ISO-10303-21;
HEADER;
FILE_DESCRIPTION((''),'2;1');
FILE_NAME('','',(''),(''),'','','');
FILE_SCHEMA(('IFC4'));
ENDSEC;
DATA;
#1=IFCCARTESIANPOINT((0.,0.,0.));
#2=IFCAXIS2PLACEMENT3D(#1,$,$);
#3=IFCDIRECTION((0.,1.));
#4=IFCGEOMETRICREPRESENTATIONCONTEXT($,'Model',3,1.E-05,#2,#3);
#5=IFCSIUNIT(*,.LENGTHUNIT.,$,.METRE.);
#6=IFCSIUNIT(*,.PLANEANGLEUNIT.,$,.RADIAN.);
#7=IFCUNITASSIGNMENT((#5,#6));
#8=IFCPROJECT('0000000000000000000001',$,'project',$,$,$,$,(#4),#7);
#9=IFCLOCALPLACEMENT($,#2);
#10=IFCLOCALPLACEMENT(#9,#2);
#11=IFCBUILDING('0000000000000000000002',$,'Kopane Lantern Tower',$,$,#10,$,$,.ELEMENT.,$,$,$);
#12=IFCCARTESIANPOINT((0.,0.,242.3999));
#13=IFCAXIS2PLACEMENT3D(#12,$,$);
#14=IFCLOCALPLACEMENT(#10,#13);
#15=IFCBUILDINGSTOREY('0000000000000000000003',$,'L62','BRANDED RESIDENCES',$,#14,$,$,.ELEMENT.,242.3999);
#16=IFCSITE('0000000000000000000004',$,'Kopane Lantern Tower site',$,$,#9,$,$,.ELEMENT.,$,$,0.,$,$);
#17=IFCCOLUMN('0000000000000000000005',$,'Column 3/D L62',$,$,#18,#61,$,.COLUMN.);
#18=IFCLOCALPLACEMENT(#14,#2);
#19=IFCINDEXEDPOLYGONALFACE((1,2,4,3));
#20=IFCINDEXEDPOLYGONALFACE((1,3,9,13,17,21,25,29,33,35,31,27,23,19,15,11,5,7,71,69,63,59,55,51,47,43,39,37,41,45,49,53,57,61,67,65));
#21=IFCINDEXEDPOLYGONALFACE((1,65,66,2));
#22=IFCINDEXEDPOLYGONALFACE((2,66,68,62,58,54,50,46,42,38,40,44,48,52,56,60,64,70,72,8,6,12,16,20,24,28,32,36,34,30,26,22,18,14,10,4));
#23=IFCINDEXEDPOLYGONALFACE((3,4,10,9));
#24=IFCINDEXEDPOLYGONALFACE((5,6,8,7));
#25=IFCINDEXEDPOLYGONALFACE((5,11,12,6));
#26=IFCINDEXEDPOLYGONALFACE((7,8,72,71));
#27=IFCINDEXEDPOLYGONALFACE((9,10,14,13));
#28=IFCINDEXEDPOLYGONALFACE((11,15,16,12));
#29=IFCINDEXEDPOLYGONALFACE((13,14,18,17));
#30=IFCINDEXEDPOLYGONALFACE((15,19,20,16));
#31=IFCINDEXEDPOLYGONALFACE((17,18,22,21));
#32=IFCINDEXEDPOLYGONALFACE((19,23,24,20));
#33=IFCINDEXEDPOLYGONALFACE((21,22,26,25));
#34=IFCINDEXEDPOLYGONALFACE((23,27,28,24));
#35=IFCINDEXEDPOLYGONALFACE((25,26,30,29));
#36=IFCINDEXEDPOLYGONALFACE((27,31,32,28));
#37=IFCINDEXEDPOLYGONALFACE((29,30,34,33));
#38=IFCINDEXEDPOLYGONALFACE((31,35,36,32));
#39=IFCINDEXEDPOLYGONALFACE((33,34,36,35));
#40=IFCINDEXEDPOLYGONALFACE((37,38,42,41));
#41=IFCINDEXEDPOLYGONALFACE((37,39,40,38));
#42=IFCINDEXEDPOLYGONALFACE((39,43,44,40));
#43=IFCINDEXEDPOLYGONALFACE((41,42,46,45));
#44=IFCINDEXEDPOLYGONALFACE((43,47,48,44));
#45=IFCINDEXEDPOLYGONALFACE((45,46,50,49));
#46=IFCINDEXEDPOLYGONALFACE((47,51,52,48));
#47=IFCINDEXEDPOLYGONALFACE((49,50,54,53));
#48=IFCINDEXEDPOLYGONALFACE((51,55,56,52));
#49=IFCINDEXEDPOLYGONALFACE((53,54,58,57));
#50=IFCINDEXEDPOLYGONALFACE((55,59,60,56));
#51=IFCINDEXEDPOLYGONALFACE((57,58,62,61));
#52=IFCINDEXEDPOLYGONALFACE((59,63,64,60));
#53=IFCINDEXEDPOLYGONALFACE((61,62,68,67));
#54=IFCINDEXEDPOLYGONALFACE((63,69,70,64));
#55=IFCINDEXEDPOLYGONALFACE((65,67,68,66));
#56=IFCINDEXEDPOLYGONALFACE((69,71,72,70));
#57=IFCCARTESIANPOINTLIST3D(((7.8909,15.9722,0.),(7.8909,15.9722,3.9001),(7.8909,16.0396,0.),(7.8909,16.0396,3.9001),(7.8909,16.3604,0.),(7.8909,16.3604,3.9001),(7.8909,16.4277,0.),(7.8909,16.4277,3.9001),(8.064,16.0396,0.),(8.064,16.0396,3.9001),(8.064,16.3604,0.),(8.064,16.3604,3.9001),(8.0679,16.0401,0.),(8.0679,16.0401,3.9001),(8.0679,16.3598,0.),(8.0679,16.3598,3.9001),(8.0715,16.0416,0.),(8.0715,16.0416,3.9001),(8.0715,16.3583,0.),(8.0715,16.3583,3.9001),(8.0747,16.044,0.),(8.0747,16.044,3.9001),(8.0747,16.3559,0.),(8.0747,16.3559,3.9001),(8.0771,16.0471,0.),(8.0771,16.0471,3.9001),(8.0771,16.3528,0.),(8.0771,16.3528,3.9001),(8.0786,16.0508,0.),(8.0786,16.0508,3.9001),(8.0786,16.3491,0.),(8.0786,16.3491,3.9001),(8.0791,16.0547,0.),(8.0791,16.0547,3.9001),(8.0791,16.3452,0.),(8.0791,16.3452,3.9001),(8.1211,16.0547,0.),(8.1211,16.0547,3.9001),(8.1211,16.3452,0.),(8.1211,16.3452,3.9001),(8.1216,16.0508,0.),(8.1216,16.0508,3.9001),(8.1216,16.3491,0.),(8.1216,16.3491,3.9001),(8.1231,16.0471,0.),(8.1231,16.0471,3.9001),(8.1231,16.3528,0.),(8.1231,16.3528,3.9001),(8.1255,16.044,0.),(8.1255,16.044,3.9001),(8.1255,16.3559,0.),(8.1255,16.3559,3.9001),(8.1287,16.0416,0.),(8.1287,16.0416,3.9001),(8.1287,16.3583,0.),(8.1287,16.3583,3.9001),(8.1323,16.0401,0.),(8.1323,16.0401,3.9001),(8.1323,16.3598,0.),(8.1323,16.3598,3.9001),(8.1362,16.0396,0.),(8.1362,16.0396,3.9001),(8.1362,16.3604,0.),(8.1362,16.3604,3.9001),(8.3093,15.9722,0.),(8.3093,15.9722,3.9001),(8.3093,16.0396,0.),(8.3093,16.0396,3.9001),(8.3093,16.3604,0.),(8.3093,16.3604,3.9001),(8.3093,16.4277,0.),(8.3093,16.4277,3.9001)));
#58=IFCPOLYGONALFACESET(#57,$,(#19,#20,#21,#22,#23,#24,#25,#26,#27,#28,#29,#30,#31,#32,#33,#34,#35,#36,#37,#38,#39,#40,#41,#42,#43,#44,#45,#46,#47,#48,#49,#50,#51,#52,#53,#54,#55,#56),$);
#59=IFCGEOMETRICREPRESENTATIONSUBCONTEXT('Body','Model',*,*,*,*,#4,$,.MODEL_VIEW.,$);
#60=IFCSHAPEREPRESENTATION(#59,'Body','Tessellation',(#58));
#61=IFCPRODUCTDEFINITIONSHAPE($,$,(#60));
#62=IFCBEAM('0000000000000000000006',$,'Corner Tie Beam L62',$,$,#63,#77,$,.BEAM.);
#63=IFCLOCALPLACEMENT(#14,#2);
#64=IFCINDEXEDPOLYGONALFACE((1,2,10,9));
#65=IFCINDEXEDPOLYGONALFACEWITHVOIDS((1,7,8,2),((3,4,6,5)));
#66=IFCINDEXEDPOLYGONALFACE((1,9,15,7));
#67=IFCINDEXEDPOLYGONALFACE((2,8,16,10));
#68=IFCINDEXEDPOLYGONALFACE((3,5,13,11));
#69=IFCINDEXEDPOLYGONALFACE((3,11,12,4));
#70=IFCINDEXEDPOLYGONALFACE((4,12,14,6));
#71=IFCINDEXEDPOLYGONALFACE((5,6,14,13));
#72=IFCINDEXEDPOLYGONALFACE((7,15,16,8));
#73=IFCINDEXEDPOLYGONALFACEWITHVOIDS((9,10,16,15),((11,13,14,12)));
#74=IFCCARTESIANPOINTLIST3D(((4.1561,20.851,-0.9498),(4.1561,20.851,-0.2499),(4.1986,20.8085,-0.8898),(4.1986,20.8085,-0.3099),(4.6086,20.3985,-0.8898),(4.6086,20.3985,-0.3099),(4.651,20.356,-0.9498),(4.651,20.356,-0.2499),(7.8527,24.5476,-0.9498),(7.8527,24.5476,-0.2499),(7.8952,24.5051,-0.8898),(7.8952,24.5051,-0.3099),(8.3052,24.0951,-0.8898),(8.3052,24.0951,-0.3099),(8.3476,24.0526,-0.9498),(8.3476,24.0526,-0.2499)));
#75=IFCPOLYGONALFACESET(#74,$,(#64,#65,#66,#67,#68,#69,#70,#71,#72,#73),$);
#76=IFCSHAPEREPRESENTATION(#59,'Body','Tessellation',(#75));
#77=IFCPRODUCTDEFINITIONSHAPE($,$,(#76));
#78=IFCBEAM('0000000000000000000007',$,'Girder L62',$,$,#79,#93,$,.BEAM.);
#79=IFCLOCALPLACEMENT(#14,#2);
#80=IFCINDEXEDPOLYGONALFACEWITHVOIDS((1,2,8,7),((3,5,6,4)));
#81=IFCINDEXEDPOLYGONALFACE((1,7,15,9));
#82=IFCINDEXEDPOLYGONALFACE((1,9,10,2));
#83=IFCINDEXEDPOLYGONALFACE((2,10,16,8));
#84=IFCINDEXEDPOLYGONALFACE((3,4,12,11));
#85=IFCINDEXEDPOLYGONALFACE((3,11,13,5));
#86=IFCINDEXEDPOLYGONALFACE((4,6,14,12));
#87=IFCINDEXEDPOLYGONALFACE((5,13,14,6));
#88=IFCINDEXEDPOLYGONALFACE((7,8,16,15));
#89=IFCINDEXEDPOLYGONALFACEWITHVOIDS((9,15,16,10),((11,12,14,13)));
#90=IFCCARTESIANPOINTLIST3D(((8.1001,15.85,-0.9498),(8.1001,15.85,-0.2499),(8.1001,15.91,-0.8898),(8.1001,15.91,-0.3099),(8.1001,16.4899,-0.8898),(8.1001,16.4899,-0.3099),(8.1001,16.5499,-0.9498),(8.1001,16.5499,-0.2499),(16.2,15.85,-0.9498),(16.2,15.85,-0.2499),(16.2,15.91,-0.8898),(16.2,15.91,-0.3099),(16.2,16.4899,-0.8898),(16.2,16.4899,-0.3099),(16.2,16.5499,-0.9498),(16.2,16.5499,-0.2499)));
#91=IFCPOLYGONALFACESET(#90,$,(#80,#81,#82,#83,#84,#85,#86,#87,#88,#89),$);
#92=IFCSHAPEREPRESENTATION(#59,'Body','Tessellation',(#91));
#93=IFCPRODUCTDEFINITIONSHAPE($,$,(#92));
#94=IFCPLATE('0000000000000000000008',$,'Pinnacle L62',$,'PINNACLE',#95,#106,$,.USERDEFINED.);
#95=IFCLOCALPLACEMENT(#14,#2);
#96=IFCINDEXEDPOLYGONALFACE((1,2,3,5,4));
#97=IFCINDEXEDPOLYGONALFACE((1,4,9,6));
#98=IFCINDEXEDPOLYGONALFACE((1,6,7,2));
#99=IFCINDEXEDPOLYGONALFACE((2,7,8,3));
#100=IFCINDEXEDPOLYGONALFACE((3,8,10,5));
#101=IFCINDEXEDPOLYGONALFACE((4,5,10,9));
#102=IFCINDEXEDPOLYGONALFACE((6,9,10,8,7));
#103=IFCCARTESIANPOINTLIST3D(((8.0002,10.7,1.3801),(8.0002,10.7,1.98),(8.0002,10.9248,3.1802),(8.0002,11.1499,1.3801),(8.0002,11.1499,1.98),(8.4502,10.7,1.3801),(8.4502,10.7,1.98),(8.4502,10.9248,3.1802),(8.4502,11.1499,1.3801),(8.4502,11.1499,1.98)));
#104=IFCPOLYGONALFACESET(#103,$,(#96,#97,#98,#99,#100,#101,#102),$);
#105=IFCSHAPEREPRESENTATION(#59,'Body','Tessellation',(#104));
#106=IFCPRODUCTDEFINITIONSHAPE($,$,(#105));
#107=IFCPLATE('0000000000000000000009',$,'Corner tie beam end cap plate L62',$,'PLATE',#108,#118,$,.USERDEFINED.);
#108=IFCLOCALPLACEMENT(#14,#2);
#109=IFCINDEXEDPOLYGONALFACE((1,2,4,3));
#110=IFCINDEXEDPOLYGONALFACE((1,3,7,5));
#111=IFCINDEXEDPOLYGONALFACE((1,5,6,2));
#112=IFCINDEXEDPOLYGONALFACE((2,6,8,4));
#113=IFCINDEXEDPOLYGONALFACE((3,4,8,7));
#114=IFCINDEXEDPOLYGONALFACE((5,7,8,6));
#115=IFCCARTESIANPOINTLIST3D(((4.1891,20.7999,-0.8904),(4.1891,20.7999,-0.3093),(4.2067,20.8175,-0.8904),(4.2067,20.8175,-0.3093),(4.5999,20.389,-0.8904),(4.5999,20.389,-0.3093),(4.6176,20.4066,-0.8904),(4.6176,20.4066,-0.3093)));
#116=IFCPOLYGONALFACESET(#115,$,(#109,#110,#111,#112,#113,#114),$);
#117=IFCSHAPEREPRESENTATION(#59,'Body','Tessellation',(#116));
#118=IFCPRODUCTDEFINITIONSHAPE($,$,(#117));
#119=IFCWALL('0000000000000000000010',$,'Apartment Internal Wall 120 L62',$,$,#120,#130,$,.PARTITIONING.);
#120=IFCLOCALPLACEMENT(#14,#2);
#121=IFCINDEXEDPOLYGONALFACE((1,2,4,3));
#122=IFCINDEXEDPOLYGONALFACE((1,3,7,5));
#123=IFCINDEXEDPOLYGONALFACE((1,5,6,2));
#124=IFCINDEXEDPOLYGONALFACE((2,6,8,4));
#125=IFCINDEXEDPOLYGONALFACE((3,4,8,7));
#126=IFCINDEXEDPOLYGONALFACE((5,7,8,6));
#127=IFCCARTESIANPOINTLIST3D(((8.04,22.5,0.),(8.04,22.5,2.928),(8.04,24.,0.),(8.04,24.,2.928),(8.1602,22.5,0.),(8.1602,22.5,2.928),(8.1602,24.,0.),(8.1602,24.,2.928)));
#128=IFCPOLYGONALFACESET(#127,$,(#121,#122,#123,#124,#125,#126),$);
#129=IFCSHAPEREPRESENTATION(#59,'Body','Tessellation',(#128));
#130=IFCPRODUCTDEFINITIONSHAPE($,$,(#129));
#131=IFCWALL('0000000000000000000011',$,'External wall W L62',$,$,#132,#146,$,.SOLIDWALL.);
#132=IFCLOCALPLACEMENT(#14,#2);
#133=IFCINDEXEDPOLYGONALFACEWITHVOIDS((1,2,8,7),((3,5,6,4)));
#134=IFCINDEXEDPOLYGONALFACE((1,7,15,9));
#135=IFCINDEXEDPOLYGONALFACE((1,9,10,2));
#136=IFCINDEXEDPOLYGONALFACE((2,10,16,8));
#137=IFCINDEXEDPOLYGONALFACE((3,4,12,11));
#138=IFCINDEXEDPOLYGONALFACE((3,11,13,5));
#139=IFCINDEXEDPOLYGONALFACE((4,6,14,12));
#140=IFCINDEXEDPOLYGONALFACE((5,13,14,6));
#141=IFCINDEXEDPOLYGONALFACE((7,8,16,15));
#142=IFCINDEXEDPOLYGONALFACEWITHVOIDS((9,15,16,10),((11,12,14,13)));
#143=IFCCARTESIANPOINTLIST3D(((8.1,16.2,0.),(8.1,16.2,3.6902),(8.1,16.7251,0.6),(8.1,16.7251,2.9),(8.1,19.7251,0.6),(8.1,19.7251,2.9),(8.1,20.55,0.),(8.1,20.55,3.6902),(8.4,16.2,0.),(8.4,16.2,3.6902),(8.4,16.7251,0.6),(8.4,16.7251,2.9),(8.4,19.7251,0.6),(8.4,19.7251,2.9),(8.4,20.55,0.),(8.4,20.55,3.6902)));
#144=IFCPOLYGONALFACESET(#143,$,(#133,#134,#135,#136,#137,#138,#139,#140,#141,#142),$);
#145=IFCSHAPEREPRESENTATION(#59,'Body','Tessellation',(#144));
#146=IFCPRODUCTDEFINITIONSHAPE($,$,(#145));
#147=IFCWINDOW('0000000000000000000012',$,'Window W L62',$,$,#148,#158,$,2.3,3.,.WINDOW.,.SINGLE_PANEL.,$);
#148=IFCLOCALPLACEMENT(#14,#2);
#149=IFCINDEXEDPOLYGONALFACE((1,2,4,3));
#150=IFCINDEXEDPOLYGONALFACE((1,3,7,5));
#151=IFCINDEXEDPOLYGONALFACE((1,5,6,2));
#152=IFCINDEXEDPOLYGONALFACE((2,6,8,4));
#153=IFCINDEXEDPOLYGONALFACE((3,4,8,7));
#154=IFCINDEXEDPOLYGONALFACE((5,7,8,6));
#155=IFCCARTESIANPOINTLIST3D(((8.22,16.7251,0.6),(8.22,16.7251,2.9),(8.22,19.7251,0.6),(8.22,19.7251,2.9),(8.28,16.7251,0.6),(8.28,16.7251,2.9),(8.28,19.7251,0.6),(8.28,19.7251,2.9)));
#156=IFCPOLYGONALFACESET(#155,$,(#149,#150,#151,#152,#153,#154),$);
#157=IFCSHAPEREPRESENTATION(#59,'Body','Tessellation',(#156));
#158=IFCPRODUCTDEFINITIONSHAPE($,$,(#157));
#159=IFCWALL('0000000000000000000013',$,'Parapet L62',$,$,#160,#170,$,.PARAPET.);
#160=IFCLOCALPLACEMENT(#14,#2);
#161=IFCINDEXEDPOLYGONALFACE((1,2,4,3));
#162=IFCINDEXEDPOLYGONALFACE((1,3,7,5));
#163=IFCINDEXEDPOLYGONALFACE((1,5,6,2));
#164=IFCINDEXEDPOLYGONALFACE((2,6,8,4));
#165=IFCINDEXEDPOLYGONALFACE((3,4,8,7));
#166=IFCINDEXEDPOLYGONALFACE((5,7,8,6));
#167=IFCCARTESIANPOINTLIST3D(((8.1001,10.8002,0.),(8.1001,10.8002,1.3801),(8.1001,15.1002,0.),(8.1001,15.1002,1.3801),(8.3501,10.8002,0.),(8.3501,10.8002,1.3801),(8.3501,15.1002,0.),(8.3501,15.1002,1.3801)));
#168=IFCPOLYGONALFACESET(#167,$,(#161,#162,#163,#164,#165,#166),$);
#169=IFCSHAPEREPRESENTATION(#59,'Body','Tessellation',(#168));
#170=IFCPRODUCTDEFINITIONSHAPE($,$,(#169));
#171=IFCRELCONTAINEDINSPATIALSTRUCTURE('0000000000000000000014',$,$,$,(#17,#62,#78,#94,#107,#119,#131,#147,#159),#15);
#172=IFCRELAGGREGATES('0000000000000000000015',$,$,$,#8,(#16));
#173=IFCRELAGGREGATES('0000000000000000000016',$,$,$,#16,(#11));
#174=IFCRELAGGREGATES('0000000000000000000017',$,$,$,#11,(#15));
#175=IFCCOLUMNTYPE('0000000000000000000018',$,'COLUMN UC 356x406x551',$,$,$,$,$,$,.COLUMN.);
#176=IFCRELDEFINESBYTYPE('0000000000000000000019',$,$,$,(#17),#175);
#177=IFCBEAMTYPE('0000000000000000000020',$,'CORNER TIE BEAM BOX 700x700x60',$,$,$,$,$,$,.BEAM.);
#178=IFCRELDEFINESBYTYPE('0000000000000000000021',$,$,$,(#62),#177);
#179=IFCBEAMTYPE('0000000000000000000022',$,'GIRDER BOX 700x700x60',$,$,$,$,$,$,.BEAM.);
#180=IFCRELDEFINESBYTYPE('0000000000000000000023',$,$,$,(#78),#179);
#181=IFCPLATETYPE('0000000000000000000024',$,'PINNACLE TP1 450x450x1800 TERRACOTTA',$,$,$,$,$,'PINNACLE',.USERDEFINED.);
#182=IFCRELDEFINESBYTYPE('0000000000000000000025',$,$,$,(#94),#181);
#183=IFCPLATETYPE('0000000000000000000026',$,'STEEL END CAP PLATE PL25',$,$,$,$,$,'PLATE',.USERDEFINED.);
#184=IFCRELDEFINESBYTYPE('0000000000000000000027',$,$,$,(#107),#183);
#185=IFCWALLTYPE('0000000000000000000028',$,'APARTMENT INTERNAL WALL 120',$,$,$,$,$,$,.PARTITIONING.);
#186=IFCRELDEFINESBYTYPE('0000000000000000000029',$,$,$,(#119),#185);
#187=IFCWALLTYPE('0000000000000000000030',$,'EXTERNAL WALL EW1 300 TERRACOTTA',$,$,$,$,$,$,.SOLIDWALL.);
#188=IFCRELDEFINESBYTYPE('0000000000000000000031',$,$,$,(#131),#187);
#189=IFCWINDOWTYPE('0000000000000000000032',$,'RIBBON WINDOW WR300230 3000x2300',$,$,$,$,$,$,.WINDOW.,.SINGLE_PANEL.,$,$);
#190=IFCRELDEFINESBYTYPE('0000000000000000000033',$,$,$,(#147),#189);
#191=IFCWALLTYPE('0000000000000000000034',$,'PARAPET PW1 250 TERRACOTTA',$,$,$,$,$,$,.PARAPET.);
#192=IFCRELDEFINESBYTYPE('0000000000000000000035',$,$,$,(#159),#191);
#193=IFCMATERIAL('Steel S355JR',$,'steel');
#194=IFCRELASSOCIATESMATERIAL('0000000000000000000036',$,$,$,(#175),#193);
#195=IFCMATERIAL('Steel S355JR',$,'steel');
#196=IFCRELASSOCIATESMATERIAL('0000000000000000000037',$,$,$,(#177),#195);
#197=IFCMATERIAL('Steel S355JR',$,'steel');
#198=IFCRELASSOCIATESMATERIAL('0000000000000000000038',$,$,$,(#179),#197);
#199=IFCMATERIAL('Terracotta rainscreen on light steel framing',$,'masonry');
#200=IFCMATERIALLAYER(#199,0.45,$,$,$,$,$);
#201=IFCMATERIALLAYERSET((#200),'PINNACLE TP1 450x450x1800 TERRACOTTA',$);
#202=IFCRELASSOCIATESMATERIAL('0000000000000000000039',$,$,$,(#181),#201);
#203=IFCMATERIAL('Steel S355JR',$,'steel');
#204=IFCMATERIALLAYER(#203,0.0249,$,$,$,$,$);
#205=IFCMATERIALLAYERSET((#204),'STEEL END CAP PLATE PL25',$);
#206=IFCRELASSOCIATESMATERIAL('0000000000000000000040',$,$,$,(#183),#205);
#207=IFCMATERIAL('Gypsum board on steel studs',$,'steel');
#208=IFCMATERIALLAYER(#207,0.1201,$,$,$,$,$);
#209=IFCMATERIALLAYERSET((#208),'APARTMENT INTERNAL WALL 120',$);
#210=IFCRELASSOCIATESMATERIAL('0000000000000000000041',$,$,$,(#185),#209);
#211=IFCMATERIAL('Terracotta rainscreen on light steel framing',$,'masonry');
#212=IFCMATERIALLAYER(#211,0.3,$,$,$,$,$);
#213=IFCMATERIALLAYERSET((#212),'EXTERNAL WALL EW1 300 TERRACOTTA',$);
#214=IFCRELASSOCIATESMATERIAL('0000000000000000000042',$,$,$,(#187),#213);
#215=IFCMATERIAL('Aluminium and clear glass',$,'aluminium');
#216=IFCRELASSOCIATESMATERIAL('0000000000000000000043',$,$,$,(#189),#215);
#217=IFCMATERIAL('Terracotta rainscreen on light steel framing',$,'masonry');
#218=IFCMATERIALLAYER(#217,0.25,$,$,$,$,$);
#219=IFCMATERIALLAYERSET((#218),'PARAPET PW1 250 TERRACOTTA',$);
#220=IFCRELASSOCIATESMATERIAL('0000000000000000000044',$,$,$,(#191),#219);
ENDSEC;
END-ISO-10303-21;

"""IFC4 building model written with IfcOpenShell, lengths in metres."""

from ifc_helpers import new_model, si_unit, direction, frame, frame_2d, origin, origin_2d, place, context, subcontext, project, spatial, polyline, rectangle, hollow_rectangle, i_section, outline, extrude, material, layer, layer_set, material_profile, profile_set, type_object, element, fill, save


model = new_model("IFC4")

# Units and contexts
model_context = context("Model", 3, precision=1e-05, world=origin(), true_north=direction((0.0, 1.0)))
body_context = subcontext(model_context, "Body", "Model", "MODEL_VIEW")
ifc_project = project(units=[si_unit("LENGTHUNIT", "METRE"), si_unit("PLANEANGLEUNIT", "RADIAN")], contexts=[model_context])

# Site, building, storey
site_placement = place(None, origin())
site = spatial("IfcSite", under=ifc_project, at=site_placement, Name="Kopane Lantern Tower site", CompositionType="ELEMENT", RefElevation=0.0)
building_placement = place(site_placement, origin())
building = spatial("IfcBuilding", under=site, at=building_placement, Name="Kopane Lantern Tower", CompositionType="ELEMENT")
storey_placement = place(building_placement, frame((0.0, 0.0, 242.3999)))
storey = spatial("IfcBuildingStorey", under=building, at=storey_placement, Name="L62", Description="BRANDED RESIDENCES", CompositionType="ELEMENT", Elevation=242.3999)

# Column
ifc_material_1 = material(Name="Steel S355JR", Category="steel")
ifc_material_profile_1 = material_profile(ifc_material_1, i_section(OverallWidth=0.4185, OverallDepth=0.4556, WebThickness=0.042, FlangeThickness=0.0674, FilletRadius=0.0151, at=origin_2d()), Name="UC 356x406x551")
ifc_profile_set_1 = profile_set([ifc_material_profile_1], Name="Steel S355JR")
column_type = type_object("IfcColumnType", Name="COLUMN UC 356x406x551", PredefinedType="COLUMN", material=ifc_profile_set_1)
column_placement = place(storey_placement, frame((8.1001, 16.2, 0.0), z_axis=(0.0, 0.0, 1.0), x_axis=(1.0, 0.0, 0.0)))
element("IfcColumn", 1, at=column_placement, inside=storey, type_object=column_type, Name="Column 3/D L62", PredefinedType="COLUMN", context=body_context, shape_type="SweptSolid", body=[
    extrude(i_section(OverallWidth=0.4185, OverallDepth=0.4556, WebThickness=0.042, FlangeThickness=0.0674, FilletRadius=0.0151, at=origin_2d()), origin(), (0.0, 0.0, 1.0), 3.9001),
])

# Beams
ifc_material_2 = material(Name="Steel S355JR", Category="steel")
ifc_material_profile_2 = material_profile(ifc_material_2, hollow_rectangle(XDim=0.7, YDim=0.7, WallThickness=0.0601, at=origin_2d()), Name="BOX 700x700x60")
ifc_profile_set_2 = profile_set([ifc_material_profile_2], Name="Steel S355JR")
beam_type_1 = type_object("IfcBeamType", Name="CORNER TIE BEAM BOX 700x700x60", PredefinedType="BEAM", material=ifc_profile_set_2)
beam_1_placement = place(storey_placement, frame((4.4036, 20.6035, -0.5999), z_axis=(0.707107, 0.707107, 0.0), x_axis=(-0.707107, 0.707107, 0.0)))
element("IfcBeam", 2, at=beam_1_placement, inside=storey, type_object=beam_type_1, Name="Corner Tie Beam L62", PredefinedType="BEAM", context=body_context, shape_type="SweptSolid", body=[
    extrude(hollow_rectangle(XDim=0.7, YDim=0.7, WallThickness=0.0601, at=origin_2d()), origin(), (0.0, 0.0, 1.0), 5.2278),
])
ifc_material_3 = material(Name="Steel S355JR", Category="steel")
ifc_material_profile_3 = material_profile(ifc_material_3, hollow_rectangle(XDim=0.7, YDim=0.7, WallThickness=0.0601, at=origin_2d()), Name="BOX 700x700x60")
ifc_profile_set_3 = profile_set([ifc_material_profile_3], Name="Steel S355JR")
beam_type_2 = type_object("IfcBeamType", Name="GIRDER BOX 700x700x60", PredefinedType="BEAM", material=ifc_profile_set_3)
beam_2_placement = place(storey_placement, frame((8.1001, 16.2, -0.5999), z_axis=(1.0, 0.0, 0.0), x_axis=(0.0, 1.0, 0.0)))
element("IfcBeam", 3, at=beam_2_placement, inside=storey, type_object=beam_type_2, Name="Girder L62", PredefinedType="BEAM", context=body_context, shape_type="SweptSolid", body=[
    extrude(hollow_rectangle(XDim=0.7, YDim=0.7, WallThickness=0.0601, at=origin_2d()), origin(), (0.0, 0.0, 1.0), 8.0999),
])

# Plates
ifc_material_4 = material(Name="Terracotta rainscreen on light steel framing", Category="masonry")
ifc_layer_1 = layer(ifc_material_4, 0.45)
ifc_layer_set_1 = layer_set([ifc_layer_1], Name="PINNACLE TP1 450x450x1800 TERRACOTTA")
plate_type_1 = type_object("IfcPlateType", Name="PINNACLE TP1 450x450x1800 TERRACOTTA", ElementType="PINNACLE", PredefinedType="USERDEFINED", material=ifc_layer_set_1)
plate_1_placement = place(storey_placement, frame((8.2251, 11.1499, 1.3801), z_axis=(0.0, 0.0, 1.0), x_axis=(0.0, -1.0, 0.0)))
element("IfcPlate", 4, at=plate_1_placement, inside=storey, type_object=plate_type_1, Name="Pinnacle L62", ObjectType="PINNACLE", PredefinedType="USERDEFINED", context=body_context, shape_type="SweptSolid", body=[
    extrude(outline(polyline([(0.0, 0.0), (0.45, 0.0), (0.45, 0.5999), (0.2251, 1.8), (0.0, 0.5999), (0.0, 0.0)])), frame((0.0, 0.2251, 0.0), z_axis=(0.0, -1.0, 0.0), x_axis=(1.0, 0.0, 0.0)), (0.0, 0.0, 1.0), 0.45),
])
ifc_material_5 = material(Name="Steel S355JR", Category="steel")
ifc_layer_2 = layer(ifc_material_5, 0.0249)
ifc_layer_set_2 = layer_set([ifc_layer_2], Name="STEEL END CAP PLATE PL25")
plate_type_2 = type_object("IfcPlateType", Name="STEEL END CAP PLATE PL25", ElementType="PLATE", PredefinedType="USERDEFINED", material=ifc_layer_set_2)
plate_2_placement = place(storey_placement, frame((4.4033, 20.6033, -0.8904), z_axis=(0.0, 0.0, 1.0), x_axis=(-0.707107, -0.707107, 0.0)))
element("IfcPlate", 5, at=plate_2_placement, inside=storey, type_object=plate_type_2, Name="Corner tie beam end cap plate L62", ObjectType="PLATE", PredefinedType="USERDEFINED", context=body_context, shape_type="SweptSolid", body=[
    extrude(rectangle(XDim=0.0249, YDim=0.5811, at=origin_2d()), origin(), (0.0, 0.0, 1.0), 0.5811),
])

# Wall
ifc_material_6 = material(Name="Gypsum board on steel studs", Category="steel")
ifc_layer_3 = layer(ifc_material_6, 0.1201)
ifc_layer_set_3 = layer_set([ifc_layer_3], Name="APARTMENT INTERNAL WALL 120")
wall_type_1 = type_object("IfcWallType", Name="APARTMENT INTERNAL WALL 120", PredefinedType="PARTITIONING", material=ifc_layer_set_3)
wall_1_placement = place(storey_placement, frame((8.1001, 22.5, 0.0), z_axis=(0.0, 0.0, 1.0), x_axis=(0.0, 1.0, 0.0)))
element("IfcWall", 6, at=wall_1_placement, inside=storey, type_object=wall_type_1, Name="Apartment Internal Wall 120 L62", PredefinedType="PARTITIONING", context=body_context, shape_type="SweptSolid", body=[
    extrude(rectangle(XDim=1.5, YDim=0.1201, at=frame_2d((0.75, 0.0))), origin(), (0.0, 0.0, 1.0), 2.928),
])

# Shared definitions
ifc_material_7 = material(Name="Terracotta rainscreen on light steel framing", Category="masonry")
ifc_layer_4 = layer(ifc_material_7, 0.3)
ifc_layer_set_4 = layer_set([ifc_layer_4], Name="EXTERNAL WALL EW1 300 TERRACOTTA")
wall_type_2 = type_object("IfcWallType", Name="EXTERNAL WALL EW1 300 TERRACOTTA", PredefinedType="SOLIDWALL", material=ifc_layer_set_4)
ifc_material_8 = material(Name="Aluminium and clear glass", Category="aluminium")
window_type = type_object("IfcWindowType", Name="RIBBON WINDOW WR300230 3000x2300", PartitioningType="SINGLE_PANEL", PredefinedType="WINDOW", material=ifc_material_8)

# Wall, opening, window
wall_2_placement = place(storey_placement, frame((8.25, 20.55, 0.0), z_axis=(0.0, 0.0, 1.0), x_axis=(0.0, -1.0, 0.0)))
wall_2 = element("IfcWall", 7, at=wall_2_placement, inside=storey, type_object=wall_type_2, Name="External wall W L62", PredefinedType="SOLIDWALL", context=body_context, shape_type="SweptSolid", body=[
    extrude(rectangle(XDim=4.3501, YDim=0.3, at=frame_2d((2.175, 0.0))), origin(), (0.0, 0.0, 1.0), 3.6902),
])
opening_1_placement = place(wall_2_placement, frame((0.825, 0.0, 0.6001)))
opening_1 = element("IfcOpeningElement", 8, at=opening_1_placement, cuts=wall_2, PredefinedType="OPENING", context=body_context, shape_type="SweptSolid", body=[
    extrude(rectangle(XDim=3.0, YDim=2.3, at=frame_2d((1.5, 1.1499))), frame((0.0, 0.1599, 0.0), z_axis=(0.0, -1.0, 0.0), x_axis=(1.0, 0.0, 0.0)), (0.0, 0.0, 1.0), 0.3201),
])
window_1_placement = place(opening_1_placement, origin())
window_1 = element("IfcWindow", 9, at=window_1_placement, inside=storey, type_object=window_type, Name="Window W L62", OverallHeight=2.3, OverallWidth=3.0, PartitioningType="SINGLE_PANEL", PredefinedType="WINDOW", context=body_context, shape_type="SweptSolid", body=[
    extrude(rectangle(XDim=3.0, YDim=2.3, at=frame_2d((1.5, 1.1499))), frame((0.0, 0.03, 0.0), z_axis=(0.0, -1.0, 0.0), x_axis=(1.0, 0.0, 0.0)), (0.0, 0.0, 1.0), 0.0601),
])
fill(opening_1, window_1)

# Wall
ifc_material_9 = material(Name="Terracotta rainscreen on light steel framing", Category="masonry")
ifc_layer_5 = layer(ifc_material_9, 0.25)
ifc_layer_set_5 = layer_set([ifc_layer_5], Name="PARAPET PW1 250 TERRACOTTA")
wall_type_3 = type_object("IfcWallType", Name="PARAPET PW1 250 TERRACOTTA", PredefinedType="PARAPET", material=ifc_layer_set_5)
wall_3_placement = place(storey_placement, frame((8.2251, 15.1001, 0.0), z_axis=(0.0, 0.0, 1.0), x_axis=(0.0, -1.0, 0.0)))
element("IfcWall", 10, at=wall_3_placement, inside=storey, type_object=wall_type_3, Name="Parapet L62", PredefinedType="PARAPET", context=body_context, shape_type="SweptSolid", body=[
    extrude(rectangle(XDim=4.3, YDim=0.25, at=frame_2d((2.1499, 0.0))), origin(), (0.0, 0.0, 1.0), 1.3801),
])

save(model, "model.ifc")
